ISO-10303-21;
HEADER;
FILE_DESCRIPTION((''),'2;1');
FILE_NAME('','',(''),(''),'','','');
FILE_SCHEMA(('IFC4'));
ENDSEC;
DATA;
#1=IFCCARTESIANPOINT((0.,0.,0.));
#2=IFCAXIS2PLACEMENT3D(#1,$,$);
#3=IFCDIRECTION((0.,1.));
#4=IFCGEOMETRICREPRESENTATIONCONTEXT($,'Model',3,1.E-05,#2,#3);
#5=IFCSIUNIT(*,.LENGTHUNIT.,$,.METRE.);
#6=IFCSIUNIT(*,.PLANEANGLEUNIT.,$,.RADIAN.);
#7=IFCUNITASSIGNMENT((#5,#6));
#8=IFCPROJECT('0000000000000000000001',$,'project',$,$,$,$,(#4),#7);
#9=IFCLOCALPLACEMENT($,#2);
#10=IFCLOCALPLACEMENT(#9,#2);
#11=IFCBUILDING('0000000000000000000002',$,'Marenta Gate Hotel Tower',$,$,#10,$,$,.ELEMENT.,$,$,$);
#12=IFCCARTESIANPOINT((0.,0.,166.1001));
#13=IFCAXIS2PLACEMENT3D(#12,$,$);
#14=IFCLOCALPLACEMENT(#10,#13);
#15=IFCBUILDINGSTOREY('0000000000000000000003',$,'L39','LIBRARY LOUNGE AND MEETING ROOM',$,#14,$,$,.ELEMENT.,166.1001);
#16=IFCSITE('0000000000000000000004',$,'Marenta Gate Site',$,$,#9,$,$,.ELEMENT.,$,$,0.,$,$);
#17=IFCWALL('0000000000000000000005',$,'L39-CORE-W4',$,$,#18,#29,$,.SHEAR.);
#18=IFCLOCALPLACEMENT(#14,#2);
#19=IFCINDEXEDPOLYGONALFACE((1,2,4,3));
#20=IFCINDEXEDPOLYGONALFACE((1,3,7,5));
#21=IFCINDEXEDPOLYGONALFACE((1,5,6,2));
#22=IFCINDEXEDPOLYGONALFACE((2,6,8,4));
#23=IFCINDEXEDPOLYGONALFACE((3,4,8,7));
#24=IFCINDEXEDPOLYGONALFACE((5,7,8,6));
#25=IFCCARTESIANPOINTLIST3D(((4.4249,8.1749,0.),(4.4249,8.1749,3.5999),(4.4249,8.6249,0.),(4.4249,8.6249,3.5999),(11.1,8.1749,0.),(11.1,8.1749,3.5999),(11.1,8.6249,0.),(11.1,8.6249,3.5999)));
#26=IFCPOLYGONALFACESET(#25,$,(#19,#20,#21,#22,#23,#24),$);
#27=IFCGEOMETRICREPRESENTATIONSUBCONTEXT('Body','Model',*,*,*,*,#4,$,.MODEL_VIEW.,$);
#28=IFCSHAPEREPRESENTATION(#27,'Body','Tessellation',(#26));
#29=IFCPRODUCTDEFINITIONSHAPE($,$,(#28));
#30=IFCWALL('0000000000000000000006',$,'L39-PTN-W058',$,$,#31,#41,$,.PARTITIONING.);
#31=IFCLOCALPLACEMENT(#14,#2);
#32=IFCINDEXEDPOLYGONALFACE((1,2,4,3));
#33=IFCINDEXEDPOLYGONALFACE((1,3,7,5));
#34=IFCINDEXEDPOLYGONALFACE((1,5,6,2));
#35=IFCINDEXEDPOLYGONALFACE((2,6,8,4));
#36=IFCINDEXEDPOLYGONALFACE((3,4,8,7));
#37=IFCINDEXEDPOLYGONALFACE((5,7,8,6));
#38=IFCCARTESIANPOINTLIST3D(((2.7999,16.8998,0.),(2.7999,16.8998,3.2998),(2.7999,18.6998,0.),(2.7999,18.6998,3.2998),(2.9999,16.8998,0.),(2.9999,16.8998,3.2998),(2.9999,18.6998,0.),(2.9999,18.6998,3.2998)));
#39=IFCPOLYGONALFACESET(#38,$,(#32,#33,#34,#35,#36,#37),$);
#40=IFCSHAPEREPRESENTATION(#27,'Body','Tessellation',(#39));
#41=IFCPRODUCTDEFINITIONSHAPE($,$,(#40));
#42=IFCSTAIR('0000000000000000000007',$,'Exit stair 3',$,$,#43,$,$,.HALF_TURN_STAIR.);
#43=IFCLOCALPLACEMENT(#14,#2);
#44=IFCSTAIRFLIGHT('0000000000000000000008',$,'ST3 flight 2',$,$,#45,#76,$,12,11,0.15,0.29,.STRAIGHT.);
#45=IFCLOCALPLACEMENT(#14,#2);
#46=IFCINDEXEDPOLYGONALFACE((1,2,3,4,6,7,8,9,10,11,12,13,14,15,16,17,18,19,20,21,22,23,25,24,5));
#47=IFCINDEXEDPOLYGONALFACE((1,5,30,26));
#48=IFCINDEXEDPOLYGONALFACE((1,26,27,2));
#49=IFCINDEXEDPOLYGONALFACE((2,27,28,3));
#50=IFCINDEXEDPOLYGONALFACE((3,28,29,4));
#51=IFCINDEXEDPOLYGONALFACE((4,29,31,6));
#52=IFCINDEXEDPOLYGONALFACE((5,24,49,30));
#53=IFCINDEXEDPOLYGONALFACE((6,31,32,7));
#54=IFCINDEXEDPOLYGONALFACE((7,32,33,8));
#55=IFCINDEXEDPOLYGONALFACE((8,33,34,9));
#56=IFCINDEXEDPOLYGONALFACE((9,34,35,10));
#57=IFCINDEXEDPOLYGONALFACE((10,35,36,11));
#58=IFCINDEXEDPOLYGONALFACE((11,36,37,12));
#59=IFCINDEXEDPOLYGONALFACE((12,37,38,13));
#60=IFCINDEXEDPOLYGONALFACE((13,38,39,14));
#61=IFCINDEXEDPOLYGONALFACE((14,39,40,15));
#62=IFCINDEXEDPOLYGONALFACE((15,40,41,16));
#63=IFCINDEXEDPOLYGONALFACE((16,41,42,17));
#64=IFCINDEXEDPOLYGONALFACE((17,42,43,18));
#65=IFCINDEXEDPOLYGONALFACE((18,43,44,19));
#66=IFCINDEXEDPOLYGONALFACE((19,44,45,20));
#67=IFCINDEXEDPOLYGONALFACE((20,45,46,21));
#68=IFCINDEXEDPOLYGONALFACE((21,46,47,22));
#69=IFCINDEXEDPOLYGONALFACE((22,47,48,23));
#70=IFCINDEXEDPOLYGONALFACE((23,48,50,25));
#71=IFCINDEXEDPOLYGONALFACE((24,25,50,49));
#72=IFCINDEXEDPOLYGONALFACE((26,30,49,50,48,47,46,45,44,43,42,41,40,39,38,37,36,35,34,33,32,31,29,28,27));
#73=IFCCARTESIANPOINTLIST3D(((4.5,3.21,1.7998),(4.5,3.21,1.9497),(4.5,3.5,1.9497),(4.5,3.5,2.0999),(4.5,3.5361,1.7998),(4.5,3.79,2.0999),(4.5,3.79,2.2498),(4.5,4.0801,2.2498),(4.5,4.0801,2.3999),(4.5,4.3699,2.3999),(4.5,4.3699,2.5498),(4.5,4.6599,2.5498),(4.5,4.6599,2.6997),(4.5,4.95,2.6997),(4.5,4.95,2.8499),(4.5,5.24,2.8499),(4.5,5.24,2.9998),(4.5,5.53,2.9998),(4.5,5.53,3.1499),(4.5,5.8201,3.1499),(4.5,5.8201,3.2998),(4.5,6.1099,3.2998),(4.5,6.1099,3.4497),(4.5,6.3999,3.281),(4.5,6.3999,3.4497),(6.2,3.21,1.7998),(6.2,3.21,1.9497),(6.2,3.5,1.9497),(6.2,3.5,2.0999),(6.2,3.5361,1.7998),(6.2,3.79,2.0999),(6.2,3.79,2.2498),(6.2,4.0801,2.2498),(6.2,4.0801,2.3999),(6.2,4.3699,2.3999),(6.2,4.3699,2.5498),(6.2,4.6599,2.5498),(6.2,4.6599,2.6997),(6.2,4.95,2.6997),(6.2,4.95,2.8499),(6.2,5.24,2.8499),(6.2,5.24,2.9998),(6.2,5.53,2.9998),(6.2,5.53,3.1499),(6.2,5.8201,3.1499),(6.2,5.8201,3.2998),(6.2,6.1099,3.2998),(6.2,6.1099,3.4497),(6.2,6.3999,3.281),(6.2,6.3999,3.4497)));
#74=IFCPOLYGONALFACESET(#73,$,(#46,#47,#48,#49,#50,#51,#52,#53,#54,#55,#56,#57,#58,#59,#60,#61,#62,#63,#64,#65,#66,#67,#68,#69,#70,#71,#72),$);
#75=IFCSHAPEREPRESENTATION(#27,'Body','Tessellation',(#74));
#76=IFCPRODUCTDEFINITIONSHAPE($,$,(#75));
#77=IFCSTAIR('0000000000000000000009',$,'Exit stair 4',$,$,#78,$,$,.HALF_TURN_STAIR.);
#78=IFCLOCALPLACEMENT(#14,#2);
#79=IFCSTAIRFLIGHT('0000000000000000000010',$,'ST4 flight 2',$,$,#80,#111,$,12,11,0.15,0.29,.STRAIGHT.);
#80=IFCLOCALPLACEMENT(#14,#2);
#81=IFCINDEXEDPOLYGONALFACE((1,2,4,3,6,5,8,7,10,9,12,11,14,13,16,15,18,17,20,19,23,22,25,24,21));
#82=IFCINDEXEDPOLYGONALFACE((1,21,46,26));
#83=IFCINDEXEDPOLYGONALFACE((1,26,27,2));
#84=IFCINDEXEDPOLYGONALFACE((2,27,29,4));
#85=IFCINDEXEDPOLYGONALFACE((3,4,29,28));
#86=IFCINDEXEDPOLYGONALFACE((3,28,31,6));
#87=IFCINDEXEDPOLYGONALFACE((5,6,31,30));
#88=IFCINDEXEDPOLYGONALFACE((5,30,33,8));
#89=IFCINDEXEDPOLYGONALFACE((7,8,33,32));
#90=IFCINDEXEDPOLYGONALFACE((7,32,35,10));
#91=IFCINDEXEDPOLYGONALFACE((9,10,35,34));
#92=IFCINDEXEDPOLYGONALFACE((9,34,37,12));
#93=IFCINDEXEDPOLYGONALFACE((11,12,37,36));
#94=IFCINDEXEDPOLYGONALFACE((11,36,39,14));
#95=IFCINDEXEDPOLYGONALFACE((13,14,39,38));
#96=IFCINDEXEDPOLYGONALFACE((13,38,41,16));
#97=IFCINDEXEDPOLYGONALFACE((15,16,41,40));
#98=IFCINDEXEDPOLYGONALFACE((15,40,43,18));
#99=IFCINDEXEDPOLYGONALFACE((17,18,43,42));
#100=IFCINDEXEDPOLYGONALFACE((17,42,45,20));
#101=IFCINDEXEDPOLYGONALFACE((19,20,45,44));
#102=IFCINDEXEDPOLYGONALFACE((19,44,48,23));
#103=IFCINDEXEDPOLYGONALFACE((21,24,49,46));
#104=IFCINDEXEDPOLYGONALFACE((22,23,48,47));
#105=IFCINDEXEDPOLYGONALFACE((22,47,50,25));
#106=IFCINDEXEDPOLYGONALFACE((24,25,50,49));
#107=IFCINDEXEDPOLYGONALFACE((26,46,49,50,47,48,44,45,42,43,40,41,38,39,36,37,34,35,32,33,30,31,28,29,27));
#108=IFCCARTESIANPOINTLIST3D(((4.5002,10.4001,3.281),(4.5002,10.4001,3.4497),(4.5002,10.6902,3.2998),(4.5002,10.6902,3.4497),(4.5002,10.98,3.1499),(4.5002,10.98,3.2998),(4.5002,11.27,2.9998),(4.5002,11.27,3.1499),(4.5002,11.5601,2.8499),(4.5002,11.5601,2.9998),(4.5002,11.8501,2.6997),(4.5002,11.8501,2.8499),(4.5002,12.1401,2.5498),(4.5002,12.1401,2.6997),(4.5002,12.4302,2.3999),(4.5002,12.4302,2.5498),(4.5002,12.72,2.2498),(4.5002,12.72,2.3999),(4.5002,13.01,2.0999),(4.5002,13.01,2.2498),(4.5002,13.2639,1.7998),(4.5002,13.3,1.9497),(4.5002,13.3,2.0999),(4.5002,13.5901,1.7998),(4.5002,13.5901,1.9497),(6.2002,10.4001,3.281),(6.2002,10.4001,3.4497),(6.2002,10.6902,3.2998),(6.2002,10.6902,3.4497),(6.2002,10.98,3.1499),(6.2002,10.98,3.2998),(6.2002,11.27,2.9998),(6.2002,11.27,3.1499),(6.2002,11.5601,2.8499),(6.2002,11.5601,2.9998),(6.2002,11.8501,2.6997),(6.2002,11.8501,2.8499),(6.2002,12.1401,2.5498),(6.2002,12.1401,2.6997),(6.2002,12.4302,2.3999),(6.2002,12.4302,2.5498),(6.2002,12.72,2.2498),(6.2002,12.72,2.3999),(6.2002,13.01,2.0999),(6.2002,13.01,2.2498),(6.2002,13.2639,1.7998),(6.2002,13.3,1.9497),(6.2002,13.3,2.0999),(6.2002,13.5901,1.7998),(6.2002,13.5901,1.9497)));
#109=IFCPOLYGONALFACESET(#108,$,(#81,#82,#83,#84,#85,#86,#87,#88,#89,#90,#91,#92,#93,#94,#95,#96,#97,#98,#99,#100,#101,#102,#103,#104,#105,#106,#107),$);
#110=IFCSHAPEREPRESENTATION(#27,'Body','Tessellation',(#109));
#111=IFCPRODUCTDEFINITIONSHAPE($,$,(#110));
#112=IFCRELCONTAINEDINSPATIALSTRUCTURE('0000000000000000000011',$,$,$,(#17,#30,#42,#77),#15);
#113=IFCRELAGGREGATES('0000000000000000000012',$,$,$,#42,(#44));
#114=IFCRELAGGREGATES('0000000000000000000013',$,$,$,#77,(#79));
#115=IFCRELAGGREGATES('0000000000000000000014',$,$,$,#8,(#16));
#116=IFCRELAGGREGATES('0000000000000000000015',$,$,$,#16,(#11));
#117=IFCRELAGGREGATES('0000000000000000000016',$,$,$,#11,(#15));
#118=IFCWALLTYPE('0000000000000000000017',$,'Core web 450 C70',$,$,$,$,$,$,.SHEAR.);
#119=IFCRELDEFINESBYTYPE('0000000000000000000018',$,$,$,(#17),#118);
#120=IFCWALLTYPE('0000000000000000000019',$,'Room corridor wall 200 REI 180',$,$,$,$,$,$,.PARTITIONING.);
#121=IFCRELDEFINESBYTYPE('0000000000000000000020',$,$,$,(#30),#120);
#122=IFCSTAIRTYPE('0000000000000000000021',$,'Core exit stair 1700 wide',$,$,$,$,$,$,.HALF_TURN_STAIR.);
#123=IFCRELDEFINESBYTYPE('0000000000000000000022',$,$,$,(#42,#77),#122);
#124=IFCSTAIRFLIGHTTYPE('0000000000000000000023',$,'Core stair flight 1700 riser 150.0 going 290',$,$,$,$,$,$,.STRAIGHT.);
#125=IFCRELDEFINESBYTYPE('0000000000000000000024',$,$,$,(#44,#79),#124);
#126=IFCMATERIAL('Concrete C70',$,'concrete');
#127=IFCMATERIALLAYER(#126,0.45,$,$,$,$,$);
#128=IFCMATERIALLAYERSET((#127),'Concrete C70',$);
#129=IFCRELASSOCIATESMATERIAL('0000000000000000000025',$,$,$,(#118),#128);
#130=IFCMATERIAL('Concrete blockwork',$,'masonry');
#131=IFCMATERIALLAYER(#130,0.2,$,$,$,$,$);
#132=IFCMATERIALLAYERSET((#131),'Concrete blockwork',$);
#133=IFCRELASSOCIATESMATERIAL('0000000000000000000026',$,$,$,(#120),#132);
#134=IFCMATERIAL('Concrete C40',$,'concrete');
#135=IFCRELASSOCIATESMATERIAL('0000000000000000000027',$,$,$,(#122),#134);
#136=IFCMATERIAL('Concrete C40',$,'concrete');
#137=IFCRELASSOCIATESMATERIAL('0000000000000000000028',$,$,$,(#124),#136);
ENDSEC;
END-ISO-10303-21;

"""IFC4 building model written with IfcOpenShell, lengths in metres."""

from ifc_helpers import new_model, si_unit, direction, frame, frame_2d, origin, place, context, subcontext, project, spatial, polyline, rectangle, outline, extrude, material, layer, layer_set, type_object, element, aggregate, save


model = new_model("IFC4")

# Units and contexts
model_context = context("Model", 3, precision=1e-05, world=origin(), true_north=direction((0.0, 1.0)))
body_context = subcontext(model_context, "Body", "Model", "MODEL_VIEW")
ifc_project = project(units=[si_unit("LENGTHUNIT", "METRE"), si_unit("PLANEANGLEUNIT", "RADIAN")], contexts=[model_context])

# Site, building, storey
site_placement = place(None, origin())
site = spatial("IfcSite", under=ifc_project, at=site_placement, Name="Marenta Gate Site", CompositionType="ELEMENT", RefElevation=0.0)
building_placement = place(site_placement, origin())
building = spatial("IfcBuilding", under=site, at=building_placement, Name="Marenta Gate Hotel Tower", CompositionType="ELEMENT")
storey_placement = place(building_placement, frame((0.0, 0.0, 166.1001)))
storey = spatial("IfcBuildingStorey", under=building, at=storey_placement, Name="L39", Description="LIBRARY LOUNGE AND MEETING ROOM", CompositionType="ELEMENT", Elevation=166.1001)

# Shared definitions
ifc_material_1 = material(Name="Concrete C70", Category="concrete")
ifc_layer_1 = layer(ifc_material_1, 0.45)
ifc_layer_set_1 = layer_set([ifc_layer_1], Name="Concrete C70")
wall_type_1 = type_object("IfcWallType", Name="Core web 450 C70", PredefinedType="SHEAR", material=ifc_layer_set_1)

# Walls
wall_1_placement = place(storey_placement, frame((4.425, 8.3999, 0.0), z_axis=(0.0, 0.0, 1.0), x_axis=(1.0, 0.0, 0.0)))
element("IfcWall", 1, at=wall_1_placement, inside=storey, type_object=wall_type_1, Name="L39-CORE-W4", PredefinedType="SHEAR", context=body_context, shape_type="SweptSolid", body=[
    extrude(rectangle(XDim=6.675, YDim=0.45, at=frame_2d((3.3374, 0.0))), origin(), (0.0, 0.0, 1.0), 3.5999),
])
ifc_material_2 = material(Name="Concrete blockwork", Category="masonry")
ifc_layer_2 = layer(ifc_material_2, 0.2)
ifc_layer_set_2 = layer_set([ifc_layer_2], Name="Concrete blockwork")
wall_type_2 = type_object("IfcWallType", Name="Room corridor wall 200 REI 180", PredefinedType="PARTITIONING", material=ifc_layer_set_2)
wall_2_placement = place(storey_placement, frame((2.8999, 16.8999, 0.0), z_axis=(0.0, 0.0, 1.0), x_axis=(0.0, 1.0, 0.0)))
element("IfcWall", 2, at=wall_2_placement, inside=storey, type_object=wall_type_2, Name="L39-PTN-W058", PredefinedType="PARTITIONING", context=body_context, shape_type="SweptSolid", body=[
    extrude(rectangle(XDim=1.8, YDim=0.2, at=frame_2d((0.8999, 0.0))), origin(), (0.0, 0.0, 1.0), 3.2998),
])

# Stairs, stair flights
ifc_material_3 = material(Name="Concrete C40", Category="concrete")
stair_type_1 = type_object("IfcStairType", Name="Core exit stair 1700 wide", PredefinedType="HALF_TURN_STAIR", material=ifc_material_3)
stair_1_placement = place(storey_placement, origin())
stair_1 = element("IfcStair", 3, at=stair_1_placement, inside=storey, type_object=stair_type_1, Name="Exit stair 3", PredefinedType="HALF_TURN_STAIR")
ifc_material_4 = material(Name="Concrete C40", Category="concrete")
stair_flight_type = type_object("IfcStairFlightType", Name="Core stair flight 1700 riser 150.0 going 290", PredefinedType="STRAIGHT", material=ifc_material_4)
stair_flight_1_placement = place(storey_placement, frame((5.3501, 3.21, 1.7998), z_axis=(0.0, 0.0, 1.0), x_axis=(0.0, 1.0, 0.0)))
stair_flight_1 = element("IfcStairFlight", 4, at=stair_flight_1_placement, type_object=stair_flight_type, Name="ST3 flight 2", NumberOfRisers=12, NumberOfTreads=11, PredefinedType="STRAIGHT", RiserHeight=0.15, TreadLength=0.29, context=body_context, shape_type="SweptSolid", body=[
    extrude(outline(polyline([(0.0, 0.0), (0.0, 0.1499), (0.29, 0.1499), (0.29, 0.3), (0.5801, 0.3), (0.5801, 0.45), (0.8701, 0.45), (0.8701, 0.6001), (1.1599, 0.6001), (1.1599, 0.75), (1.45, 0.75), (1.45, 0.8999), (1.74, 0.8999), (1.74, 1.05), (2.03, 1.05), (2.03, 1.2), (2.3201, 1.2), (2.3201, 1.3501), (2.6101, 1.3501), (2.6101, 1.5), (2.8999, 1.5), (2.8999, 1.6499), (3.1899, 1.6499), (3.1899, 1.8), (3.1899, 1.4812), (0.3262, 0.0), (0.0, 0.0)])), frame((0.0, 0.8501, 0.0), z_axis=(0.0, -1.0, 0.0), x_axis=(1.0, 0.0, 0.0)), (0.0, 0.0, 1.0), 1.7),
])
aggregate(stair_1, [stair_flight_1])
stair_2_placement = place(storey_placement, origin())
stair_2 = element("IfcStair", 5, at=stair_2_placement, inside=storey, type_object=stair_type_1, Name="Exit stair 4", PredefinedType="HALF_TURN_STAIR")
stair_flight_2_placement = place(storey_placement, frame((5.3501, 13.5901, 1.7998), z_axis=(0.0, 0.0, 1.0), x_axis=(0.0, -1.0, 0.0)))
stair_flight_2 = element("IfcStairFlight", 6, at=stair_flight_2_placement, type_object=stair_flight_type, Name="ST4 flight 2", NumberOfRisers=12, NumberOfTreads=11, PredefinedType="STRAIGHT", RiserHeight=0.15, TreadLength=0.29, context=body_context, shape_type="SweptSolid", body=[
    extrude(outline(polyline([(0.0, 0.0), (0.0, 0.1499), (0.29, 0.1499), (0.29, 0.3), (0.5801, 0.3), (0.5801, 0.45), (0.8701, 0.45), (0.8701, 0.6001), (1.1599, 0.6001), (1.1599, 0.75), (1.45, 0.75), (1.45, 0.8999), (1.74, 0.8999), (1.74, 1.05), (2.03, 1.05), (2.03, 1.2), (2.3201, 1.2), (2.3201, 1.3501), (2.6101, 1.3501), (2.6101, 1.5), (2.8999, 1.5), (2.8999, 1.6499), (3.1899, 1.6499), (3.1899, 1.8), (3.1899, 1.4812), (0.3262, 0.0), (0.0, 0.0)])), frame((0.0, 0.8501, 0.0), z_axis=(0.0, -1.0, 0.0), x_axis=(1.0, 0.0, 0.0)), (0.0, 0.0, 1.0), 1.7),
])
aggregate(stair_2, [stair_flight_2])

save(model, "model.ifc")
